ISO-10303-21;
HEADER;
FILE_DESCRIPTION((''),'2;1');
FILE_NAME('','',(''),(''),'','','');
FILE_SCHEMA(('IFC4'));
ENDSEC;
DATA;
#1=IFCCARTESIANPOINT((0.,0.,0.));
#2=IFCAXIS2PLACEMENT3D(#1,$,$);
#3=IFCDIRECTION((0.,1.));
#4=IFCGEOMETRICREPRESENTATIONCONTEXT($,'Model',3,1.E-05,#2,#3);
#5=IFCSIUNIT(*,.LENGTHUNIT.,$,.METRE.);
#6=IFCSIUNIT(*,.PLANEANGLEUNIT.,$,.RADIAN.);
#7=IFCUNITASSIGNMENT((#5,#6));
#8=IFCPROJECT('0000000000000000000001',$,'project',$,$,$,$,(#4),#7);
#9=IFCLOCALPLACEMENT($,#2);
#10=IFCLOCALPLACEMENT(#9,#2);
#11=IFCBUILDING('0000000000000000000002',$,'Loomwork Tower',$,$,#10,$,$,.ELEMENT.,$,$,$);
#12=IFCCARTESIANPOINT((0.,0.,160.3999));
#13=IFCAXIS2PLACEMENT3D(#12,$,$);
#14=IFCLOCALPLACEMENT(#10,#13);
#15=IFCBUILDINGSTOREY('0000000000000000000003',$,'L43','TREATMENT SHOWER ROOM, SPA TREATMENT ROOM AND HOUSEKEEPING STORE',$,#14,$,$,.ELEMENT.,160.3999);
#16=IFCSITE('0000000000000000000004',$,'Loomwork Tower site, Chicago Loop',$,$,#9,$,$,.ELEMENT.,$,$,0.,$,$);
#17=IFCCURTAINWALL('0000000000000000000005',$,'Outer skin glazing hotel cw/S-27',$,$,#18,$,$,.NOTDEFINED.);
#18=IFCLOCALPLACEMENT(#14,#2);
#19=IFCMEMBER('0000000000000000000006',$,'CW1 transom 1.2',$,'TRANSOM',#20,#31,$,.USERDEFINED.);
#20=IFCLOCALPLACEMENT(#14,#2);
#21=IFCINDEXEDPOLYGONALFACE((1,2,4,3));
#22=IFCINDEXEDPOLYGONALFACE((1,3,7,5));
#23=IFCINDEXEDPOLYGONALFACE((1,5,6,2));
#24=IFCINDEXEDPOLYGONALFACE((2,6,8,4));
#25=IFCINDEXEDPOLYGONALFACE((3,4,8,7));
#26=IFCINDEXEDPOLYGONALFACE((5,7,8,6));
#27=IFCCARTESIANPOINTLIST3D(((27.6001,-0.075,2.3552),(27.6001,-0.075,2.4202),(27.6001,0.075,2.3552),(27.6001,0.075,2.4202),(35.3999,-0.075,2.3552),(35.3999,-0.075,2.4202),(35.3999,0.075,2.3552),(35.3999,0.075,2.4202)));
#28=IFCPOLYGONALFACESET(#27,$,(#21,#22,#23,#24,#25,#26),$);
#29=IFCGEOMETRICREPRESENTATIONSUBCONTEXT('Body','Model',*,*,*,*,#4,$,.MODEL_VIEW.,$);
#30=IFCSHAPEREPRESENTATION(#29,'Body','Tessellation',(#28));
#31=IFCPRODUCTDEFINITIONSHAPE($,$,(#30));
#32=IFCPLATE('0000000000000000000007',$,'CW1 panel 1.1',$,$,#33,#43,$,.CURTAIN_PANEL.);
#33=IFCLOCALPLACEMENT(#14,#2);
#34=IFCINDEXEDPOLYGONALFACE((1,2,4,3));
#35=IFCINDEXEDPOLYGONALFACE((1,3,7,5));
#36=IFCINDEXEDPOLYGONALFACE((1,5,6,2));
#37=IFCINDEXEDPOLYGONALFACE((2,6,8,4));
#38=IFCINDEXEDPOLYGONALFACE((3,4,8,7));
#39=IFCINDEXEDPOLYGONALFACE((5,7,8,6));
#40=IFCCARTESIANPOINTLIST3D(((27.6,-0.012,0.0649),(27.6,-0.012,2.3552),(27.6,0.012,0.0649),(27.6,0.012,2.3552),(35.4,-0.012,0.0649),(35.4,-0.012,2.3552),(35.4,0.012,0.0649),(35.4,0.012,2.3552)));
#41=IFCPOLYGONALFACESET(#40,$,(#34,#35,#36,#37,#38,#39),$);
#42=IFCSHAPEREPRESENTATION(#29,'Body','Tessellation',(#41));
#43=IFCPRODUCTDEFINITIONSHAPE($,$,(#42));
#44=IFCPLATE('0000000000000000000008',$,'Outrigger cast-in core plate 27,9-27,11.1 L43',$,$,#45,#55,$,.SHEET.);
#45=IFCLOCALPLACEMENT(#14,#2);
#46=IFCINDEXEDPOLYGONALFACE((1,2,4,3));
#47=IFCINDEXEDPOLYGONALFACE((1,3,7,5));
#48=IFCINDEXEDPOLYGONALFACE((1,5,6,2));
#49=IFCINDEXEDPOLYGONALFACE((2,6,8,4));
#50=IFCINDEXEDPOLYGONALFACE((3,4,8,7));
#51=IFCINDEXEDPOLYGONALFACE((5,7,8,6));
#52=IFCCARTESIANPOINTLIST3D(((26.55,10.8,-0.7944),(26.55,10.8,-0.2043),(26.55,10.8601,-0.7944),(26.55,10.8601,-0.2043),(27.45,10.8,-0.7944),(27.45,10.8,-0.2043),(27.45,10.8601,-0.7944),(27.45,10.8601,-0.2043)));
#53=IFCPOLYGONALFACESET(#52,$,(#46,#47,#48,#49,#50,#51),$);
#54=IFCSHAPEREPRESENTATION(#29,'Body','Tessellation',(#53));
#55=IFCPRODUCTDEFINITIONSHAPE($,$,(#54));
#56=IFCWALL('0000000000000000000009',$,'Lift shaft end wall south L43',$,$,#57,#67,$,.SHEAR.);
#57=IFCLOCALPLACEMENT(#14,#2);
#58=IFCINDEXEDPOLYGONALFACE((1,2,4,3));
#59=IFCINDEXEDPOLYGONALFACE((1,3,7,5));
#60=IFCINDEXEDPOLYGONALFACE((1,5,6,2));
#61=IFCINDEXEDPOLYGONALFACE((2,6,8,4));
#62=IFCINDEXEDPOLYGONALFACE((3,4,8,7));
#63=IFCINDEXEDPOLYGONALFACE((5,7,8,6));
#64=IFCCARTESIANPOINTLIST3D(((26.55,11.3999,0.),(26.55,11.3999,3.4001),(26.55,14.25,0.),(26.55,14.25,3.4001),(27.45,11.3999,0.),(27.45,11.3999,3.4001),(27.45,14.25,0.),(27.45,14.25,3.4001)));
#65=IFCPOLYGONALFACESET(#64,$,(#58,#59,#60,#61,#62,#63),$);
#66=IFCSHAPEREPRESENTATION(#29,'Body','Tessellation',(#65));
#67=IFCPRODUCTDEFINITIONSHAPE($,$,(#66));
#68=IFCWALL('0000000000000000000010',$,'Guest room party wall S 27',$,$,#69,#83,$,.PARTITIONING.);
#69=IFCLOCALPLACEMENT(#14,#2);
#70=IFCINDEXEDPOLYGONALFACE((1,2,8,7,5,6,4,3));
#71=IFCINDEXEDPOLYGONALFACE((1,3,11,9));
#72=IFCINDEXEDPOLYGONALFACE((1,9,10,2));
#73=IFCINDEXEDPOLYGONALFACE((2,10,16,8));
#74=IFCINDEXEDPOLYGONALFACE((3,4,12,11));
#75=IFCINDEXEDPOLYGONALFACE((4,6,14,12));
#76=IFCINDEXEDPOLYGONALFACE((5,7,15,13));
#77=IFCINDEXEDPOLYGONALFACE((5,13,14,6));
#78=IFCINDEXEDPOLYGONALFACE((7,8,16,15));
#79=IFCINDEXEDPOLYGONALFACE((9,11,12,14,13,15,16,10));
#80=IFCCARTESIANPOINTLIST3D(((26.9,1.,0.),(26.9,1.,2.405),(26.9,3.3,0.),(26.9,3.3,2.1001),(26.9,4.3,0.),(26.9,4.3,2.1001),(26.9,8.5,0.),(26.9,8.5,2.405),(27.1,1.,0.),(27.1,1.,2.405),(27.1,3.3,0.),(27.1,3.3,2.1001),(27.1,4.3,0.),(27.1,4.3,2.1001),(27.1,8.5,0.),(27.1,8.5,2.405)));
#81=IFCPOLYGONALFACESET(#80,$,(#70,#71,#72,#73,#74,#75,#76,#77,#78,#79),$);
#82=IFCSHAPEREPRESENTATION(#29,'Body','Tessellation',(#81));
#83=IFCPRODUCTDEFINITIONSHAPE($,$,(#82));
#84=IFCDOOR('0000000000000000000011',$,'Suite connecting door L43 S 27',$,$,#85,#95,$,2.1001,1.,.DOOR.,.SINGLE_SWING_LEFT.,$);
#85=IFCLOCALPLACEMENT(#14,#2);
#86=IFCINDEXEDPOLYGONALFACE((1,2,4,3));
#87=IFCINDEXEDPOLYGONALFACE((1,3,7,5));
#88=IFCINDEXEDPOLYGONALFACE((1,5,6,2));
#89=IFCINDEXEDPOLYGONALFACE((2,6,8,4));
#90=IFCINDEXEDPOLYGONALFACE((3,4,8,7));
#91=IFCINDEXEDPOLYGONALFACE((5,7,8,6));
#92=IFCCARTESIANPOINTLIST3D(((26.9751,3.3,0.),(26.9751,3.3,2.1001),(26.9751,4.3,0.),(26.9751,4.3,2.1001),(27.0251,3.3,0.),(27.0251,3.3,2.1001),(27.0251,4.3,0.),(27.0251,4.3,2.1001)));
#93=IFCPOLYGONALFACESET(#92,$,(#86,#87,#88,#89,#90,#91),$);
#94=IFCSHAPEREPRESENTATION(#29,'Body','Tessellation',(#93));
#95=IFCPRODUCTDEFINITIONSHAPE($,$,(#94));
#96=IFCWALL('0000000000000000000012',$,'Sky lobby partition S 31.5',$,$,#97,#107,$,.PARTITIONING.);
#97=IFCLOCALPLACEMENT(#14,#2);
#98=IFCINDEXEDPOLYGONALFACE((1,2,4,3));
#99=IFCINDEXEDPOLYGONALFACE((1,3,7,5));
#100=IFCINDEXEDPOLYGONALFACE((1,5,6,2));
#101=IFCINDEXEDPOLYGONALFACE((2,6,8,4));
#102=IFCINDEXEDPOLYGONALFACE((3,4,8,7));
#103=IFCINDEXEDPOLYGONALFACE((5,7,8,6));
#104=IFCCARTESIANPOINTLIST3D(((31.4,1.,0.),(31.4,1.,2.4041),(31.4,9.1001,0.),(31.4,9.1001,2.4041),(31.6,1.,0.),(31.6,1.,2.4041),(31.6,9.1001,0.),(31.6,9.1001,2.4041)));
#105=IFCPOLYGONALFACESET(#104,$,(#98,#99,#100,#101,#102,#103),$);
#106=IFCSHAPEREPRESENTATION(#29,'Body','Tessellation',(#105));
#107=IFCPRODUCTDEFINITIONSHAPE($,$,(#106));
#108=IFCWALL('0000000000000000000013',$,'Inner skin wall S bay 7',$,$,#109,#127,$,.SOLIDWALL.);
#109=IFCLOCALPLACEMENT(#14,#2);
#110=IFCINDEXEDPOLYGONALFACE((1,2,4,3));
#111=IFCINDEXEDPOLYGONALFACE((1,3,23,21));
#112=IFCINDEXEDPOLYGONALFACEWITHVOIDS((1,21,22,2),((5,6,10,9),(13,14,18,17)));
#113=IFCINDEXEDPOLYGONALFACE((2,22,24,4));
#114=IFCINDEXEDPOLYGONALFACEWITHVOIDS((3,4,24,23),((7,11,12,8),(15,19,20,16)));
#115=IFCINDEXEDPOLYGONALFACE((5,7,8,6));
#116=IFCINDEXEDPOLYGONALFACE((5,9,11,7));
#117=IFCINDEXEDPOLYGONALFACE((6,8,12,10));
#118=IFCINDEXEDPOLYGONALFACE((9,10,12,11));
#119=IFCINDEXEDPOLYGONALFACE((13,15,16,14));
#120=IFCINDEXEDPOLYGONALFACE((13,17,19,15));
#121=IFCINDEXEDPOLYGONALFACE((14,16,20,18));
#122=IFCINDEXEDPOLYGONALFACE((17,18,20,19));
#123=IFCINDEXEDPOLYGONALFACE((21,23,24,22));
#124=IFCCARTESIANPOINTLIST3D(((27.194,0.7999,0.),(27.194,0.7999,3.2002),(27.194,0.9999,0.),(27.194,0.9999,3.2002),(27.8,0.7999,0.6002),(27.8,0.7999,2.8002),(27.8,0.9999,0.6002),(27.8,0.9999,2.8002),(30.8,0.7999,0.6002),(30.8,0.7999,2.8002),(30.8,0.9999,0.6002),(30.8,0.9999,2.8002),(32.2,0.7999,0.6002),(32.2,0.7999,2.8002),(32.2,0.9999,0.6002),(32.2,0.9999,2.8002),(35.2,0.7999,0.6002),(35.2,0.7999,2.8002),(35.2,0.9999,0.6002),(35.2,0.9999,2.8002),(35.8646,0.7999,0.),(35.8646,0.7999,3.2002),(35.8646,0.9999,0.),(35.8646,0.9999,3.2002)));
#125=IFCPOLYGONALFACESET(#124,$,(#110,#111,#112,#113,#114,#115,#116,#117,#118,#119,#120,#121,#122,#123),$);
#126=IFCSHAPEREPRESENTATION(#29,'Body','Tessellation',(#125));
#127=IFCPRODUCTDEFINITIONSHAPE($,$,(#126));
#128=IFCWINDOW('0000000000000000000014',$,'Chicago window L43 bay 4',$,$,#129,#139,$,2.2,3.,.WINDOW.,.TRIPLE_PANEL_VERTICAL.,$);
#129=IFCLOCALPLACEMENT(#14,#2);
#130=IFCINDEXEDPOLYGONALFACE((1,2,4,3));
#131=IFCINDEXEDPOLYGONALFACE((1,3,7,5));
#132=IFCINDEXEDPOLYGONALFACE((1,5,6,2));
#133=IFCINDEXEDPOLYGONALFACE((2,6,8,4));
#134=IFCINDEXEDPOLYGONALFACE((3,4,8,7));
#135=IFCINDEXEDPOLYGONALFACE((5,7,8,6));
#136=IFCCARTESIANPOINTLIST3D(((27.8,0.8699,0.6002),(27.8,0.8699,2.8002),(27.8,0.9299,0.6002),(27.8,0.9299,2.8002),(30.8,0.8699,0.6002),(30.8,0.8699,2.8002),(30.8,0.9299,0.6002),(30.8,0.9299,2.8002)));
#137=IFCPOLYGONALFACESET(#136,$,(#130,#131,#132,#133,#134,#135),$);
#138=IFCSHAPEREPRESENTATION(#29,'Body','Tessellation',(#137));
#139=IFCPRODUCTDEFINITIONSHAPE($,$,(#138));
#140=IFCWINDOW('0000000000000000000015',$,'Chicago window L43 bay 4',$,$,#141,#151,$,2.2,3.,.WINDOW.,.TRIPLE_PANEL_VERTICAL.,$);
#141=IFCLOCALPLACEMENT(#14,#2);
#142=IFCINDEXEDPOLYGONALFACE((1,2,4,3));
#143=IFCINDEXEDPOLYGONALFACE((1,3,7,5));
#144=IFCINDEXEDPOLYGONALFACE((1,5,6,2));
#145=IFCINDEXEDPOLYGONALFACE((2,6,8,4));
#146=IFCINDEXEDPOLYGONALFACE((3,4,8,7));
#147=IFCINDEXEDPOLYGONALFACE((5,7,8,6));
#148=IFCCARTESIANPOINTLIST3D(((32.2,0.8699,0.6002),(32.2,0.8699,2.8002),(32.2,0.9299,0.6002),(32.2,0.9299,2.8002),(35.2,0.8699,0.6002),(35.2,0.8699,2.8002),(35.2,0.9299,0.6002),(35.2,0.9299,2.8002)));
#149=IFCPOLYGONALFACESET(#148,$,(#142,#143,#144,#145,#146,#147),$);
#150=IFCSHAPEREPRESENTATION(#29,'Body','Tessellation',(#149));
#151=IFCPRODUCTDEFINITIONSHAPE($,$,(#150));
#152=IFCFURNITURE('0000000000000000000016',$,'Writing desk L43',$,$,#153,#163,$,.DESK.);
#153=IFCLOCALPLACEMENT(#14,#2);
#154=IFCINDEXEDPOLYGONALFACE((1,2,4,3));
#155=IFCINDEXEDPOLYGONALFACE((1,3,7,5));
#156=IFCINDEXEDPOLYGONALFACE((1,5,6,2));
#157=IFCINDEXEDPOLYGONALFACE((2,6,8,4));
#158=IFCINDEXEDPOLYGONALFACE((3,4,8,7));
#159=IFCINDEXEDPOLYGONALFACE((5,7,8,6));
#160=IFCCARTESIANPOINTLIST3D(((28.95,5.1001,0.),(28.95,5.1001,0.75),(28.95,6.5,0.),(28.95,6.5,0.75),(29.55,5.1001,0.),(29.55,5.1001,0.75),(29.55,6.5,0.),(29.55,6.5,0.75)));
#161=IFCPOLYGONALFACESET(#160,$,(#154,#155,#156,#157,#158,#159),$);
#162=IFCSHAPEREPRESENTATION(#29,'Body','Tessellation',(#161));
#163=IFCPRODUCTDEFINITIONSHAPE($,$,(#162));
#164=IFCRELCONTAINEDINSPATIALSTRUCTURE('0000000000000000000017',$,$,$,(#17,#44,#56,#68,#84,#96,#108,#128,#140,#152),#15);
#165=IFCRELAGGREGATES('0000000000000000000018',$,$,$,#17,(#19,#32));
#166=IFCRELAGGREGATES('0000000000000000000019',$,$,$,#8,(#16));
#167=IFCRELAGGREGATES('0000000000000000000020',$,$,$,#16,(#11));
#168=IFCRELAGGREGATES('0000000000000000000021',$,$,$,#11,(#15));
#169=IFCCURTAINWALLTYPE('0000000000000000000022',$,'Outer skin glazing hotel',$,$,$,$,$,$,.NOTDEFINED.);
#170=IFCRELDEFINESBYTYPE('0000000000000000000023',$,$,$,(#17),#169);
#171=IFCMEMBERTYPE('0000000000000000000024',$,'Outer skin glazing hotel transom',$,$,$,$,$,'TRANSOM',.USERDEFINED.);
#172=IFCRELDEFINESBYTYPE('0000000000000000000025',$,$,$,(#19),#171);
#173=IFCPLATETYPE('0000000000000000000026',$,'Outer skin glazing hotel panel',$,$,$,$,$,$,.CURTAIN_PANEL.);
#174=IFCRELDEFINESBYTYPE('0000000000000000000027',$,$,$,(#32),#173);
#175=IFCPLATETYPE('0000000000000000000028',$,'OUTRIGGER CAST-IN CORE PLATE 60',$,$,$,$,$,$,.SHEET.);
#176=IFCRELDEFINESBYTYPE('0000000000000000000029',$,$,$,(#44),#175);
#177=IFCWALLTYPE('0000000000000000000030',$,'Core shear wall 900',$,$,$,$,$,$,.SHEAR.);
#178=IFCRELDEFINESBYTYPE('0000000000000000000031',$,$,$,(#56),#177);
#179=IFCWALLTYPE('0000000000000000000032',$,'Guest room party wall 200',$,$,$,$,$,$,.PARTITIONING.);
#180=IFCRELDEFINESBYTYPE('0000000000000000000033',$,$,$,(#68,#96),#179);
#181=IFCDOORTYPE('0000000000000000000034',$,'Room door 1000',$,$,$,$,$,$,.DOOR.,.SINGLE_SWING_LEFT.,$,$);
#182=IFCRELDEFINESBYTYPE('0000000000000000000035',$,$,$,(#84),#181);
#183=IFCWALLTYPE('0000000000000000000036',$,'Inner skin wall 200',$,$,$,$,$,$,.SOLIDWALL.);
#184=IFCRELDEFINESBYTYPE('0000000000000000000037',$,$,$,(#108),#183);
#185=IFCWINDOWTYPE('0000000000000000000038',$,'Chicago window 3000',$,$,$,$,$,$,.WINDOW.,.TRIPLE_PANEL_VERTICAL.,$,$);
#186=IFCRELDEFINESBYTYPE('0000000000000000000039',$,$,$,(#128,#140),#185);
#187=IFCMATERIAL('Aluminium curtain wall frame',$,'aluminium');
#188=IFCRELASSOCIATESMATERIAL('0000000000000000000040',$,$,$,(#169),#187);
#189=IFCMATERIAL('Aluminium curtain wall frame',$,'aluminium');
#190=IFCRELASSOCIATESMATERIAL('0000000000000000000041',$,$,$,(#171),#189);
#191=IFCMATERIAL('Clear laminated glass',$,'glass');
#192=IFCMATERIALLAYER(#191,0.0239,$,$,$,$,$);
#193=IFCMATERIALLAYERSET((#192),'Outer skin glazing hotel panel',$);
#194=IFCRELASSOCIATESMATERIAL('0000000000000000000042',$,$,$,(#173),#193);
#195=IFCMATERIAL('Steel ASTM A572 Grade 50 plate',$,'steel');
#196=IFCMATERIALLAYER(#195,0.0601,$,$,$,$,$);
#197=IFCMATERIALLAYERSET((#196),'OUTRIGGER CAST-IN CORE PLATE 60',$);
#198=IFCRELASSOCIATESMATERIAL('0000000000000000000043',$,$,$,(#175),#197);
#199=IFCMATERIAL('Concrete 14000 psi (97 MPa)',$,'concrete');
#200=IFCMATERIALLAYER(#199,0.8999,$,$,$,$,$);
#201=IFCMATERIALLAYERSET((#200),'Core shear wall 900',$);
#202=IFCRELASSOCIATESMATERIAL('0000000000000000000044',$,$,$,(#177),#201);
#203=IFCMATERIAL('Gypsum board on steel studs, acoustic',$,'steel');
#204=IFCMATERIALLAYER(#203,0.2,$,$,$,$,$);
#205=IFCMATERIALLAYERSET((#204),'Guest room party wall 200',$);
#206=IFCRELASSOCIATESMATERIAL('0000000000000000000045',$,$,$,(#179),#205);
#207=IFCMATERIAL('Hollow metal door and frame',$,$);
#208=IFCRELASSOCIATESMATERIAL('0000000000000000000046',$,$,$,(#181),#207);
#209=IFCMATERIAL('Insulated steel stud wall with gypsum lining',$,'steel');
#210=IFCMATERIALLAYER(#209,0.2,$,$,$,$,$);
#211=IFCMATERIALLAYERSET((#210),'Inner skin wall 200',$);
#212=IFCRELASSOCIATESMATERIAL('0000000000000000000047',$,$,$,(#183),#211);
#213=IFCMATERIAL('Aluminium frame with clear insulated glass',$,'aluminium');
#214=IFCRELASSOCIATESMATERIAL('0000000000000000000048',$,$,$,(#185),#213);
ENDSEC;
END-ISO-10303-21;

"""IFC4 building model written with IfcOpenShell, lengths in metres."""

from ifc_helpers import new_model, si_unit, direction, frame, frame_2d, origin, origin_2d, place, context, subcontext, project, spatial, rectangle, extrude, material, layer, layer_set, material_profile, profile_set, type_object, element, fill, aggregate, save


model = new_model("IFC4")

# Units and contexts
model_context = context("Model", 3, precision=1e-05, world=origin(), true_north=direction((0.0, 1.0)))
body_context = subcontext(model_context, "Body", "Model", "MODEL_VIEW")
ifc_project = project(units=[si_unit("LENGTHUNIT", "METRE"), si_unit("PLANEANGLEUNIT", "RADIAN")], contexts=[model_context])

# Site, building, storey
site_placement = place(None, origin())
site = spatial("IfcSite", under=ifc_project, at=site_placement, Name="Loomwork Tower site, Chicago Loop", CompositionType="ELEMENT", RefElevation=0.0)
building_placement = place(site_placement, origin())
building = spatial("IfcBuilding", under=site, at=building_placement, Name="Loomwork Tower", CompositionType="ELEMENT")
storey_placement = place(building_placement, frame((0.0, 0.0, 160.3999)))
storey = spatial("IfcBuildingStorey", under=building, at=storey_placement, Name="L43", Description="TREATMENT SHOWER ROOM, SPA TREATMENT ROOM AND HOUSEKEEPING STORE", CompositionType="ELEMENT", Elevation=160.3999)

# Curtain wall, member, plate
ifc_material_1 = material(Name="Aluminium curtain wall frame", Category="aluminium")
curtain_wall_type = type_object("IfcCurtainWallType", Name="Outer skin glazing hotel", PredefinedType="NOTDEFINED", material=ifc_material_1)
curtain_wall_placement = place(storey_placement, origin())
curtain_wall = element("IfcCurtainWall", 1, at=curtain_wall_placement, inside=storey, type_object=curtain_wall_type, Name="Outer skin glazing hotel cw/S-27", PredefinedType="NOTDEFINED")
ifc_material_2 = material(Name="Aluminium curtain wall frame", Category="aluminium")
ifc_material_profile_1 = material_profile(ifc_material_2, rectangle(XDim=0.1499, YDim=0.0649, at=origin_2d()), Name="AL 65x150")
ifc_profile_set_1 = profile_set([ifc_material_profile_1], Name="Aluminium curtain wall frame")
member_type_1 = type_object("IfcMemberType", Name="Outer skin glazing hotel transom", ElementType="TRANSOM", PredefinedType="USERDEFINED", material=ifc_profile_set_1)
member_1_placement = place(storey_placement, frame((27.6001, 0.0, 2.3877), z_axis=(1.0, 0.0, 0.0), x_axis=(0.0, 1.0, 0.0)))
member_1 = element("IfcMember", 2, at=member_1_placement, type_object=member_type_1, Name="CW1 transom 1.2", ObjectType="TRANSOM", PredefinedType="USERDEFINED", context=body_context, shape_type="SweptSolid", body=[
    extrude(rectangle(XDim=0.1499, YDim=0.0649, at=origin_2d()), origin(), (0.0, 0.0, 1.0), 7.7998),
])
ifc_material_3 = material(Name="Clear laminated glass", Category="glass")
ifc_layer_1 = layer(ifc_material_3, 0.0239)
ifc_layer_set_1 = layer_set([ifc_layer_1], Name="Outer skin glazing hotel panel")
plate_type_1 = type_object("IfcPlateType", Name="Outer skin glazing hotel panel", PredefinedType="CURTAIN_PANEL", material=ifc_layer_set_1)
plate_1_placement = place(storey_placement, frame((31.5, 0.0, 0.0649), z_axis=(0.0, 0.0, 1.0), x_axis=(1.0, 0.0, 0.0)))
plate_1 = element("IfcPlate", 3, at=plate_1_placement, type_object=plate_type_1, Name="CW1 panel 1.1", PredefinedType="CURTAIN_PANEL", context=body_context, shape_type="SweptSolid", body=[
    extrude(rectangle(XDim=7.8, YDim=0.0239, at=origin_2d()), origin(), (0.0, 0.0, 1.0), 2.2903),
])
aggregate(curtain_wall, [member_1, plate_1])

# Plate
ifc_material_4 = material(Name="Steel ASTM A572 Grade 50 plate", Category="steel")
ifc_layer_2 = layer(ifc_material_4, 0.0601)
ifc_layer_set_2 = layer_set([ifc_layer_2], Name="OUTRIGGER CAST-IN CORE PLATE 60")
plate_type_2 = type_object("IfcPlateType", Name="OUTRIGGER CAST-IN CORE PLATE 60", PredefinedType="SHEET", material=ifc_layer_set_2)
plate_2_placement = place(storey_placement, frame((27.0, 10.8301, -0.7944), z_axis=(0.0, 0.0, 1.0), x_axis=(1.0, 0.0, 0.0)))
element("IfcPlate", 4, at=plate_2_placement, inside=storey, type_object=plate_type_2, Name="Outrigger cast-in core plate 27,9-27,11.1 L43", PredefinedType="SHEET", context=body_context, shape_type="SweptSolid", body=[
    extrude(rectangle(XDim=0.8999, YDim=0.0601, at=origin_2d()), origin(), (0.0, 0.0, 1.0), 0.5901),
])

# Wall
ifc_material_5 = material(Name="Concrete 14000 psi (97 MPa)", Category="concrete")
ifc_layer_3 = layer(ifc_material_5, 0.8999)
ifc_layer_set_3 = layer_set([ifc_layer_3], Name="Core shear wall 900")
wall_type_1 = type_object("IfcWallType", Name="Core shear wall 900", PredefinedType="SHEAR", material=ifc_layer_set_3)
wall_1_placement = place(storey_placement, frame((27.0, 11.3999, 0.0), z_axis=(0.0, 0.0, 1.0), x_axis=(0.0, 1.0, 0.0)))
element("IfcWall", 5, at=wall_1_placement, inside=storey, type_object=wall_type_1, Name="Lift shaft end wall south L43", PredefinedType="SHEAR", context=body_context, shape_type="SweptSolid", body=[
    extrude(rectangle(XDim=2.8501, YDim=0.8999, at=frame_2d((1.425, 0.0))), origin(), (0.0, 0.0, 1.0), 3.4001),
])

# Wall, opening, door
ifc_material_6 = material(Name="Gypsum board on steel studs, acoustic", Category="steel")
ifc_layer_4 = layer(ifc_material_6, 0.2)
ifc_layer_set_4 = layer_set([ifc_layer_4], Name="Guest room party wall 200")
wall_type_2 = type_object("IfcWallType", Name="Guest room party wall 200", PredefinedType="PARTITIONING", material=ifc_layer_set_4)
wall_2_placement = place(storey_placement, frame((27.0, 8.5, 0.0), z_axis=(0.0, 0.0, 1.0), x_axis=(0.0, -1.0, 0.0)))
wall_2 = element("IfcWall", 6, at=wall_2_placement, inside=storey, type_object=wall_type_2, Name="Guest room party wall S 27", PredefinedType="PARTITIONING", context=body_context, shape_type="SweptSolid", body=[
    extrude(rectangle(XDim=7.5, YDim=0.2, at=frame_2d((3.75, 0.0))), origin(), (0.0, 0.0, 1.0), 2.405),
])
opening_1_placement = place(wall_2_placement, frame((4.2, 0.0, 0.0)))
opening_1 = element("IfcOpeningElement", 7, at=opening_1_placement, cuts=wall_2, PredefinedType="OPENING", context=body_context, shape_type="SweptSolid", body=[
    extrude(rectangle(XDim=1.0, YDim=2.1001, at=frame_2d((0.5, 1.05))), frame((0.0, 0.1099, 0.0), z_axis=(0.0, -1.0, 0.0), x_axis=(1.0, 0.0, 0.0)), (0.0, 0.0, 1.0), 0.22),
])
ifc_material_7 = material(Name="Hollow metal door and frame")
door_type_1 = type_object("IfcDoorType", Name="Room door 1000", OperationType="SINGLE_SWING_LEFT", PredefinedType="DOOR", material=ifc_material_7)
door_1_placement = place(opening_1_placement, frame((1.0, 0.0, 0.0), z_axis=(0.0, 0.0, 1.0), x_axis=(-1.0, 0.0, 0.0)))
door_1 = element("IfcDoor", 8, at=door_1_placement, inside=storey, type_object=door_type_1, Name="Suite connecting door L43 S 27", OperationType="SINGLE_SWING_LEFT", OverallHeight=2.1001, OverallWidth=1.0, PredefinedType="DOOR", context=body_context, shape_type="SweptSolid", body=[
    extrude(rectangle(XDim=1.0, YDim=2.1001, at=frame_2d((0.5, 1.05))), frame((0.0, 0.0249, 0.0), z_axis=(0.0, -1.0, 0.0), x_axis=(1.0, 0.0, 0.0)), (0.0, 0.0, 1.0), 0.05),
])
fill(opening_1, door_1)

# Wall
wall_3_placement = place(storey_placement, frame((31.5, 9.1001, 0.0), z_axis=(0.0, 0.0, 1.0), x_axis=(0.0, -1.0, 0.0)))
element("IfcWall", 9, at=wall_3_placement, inside=storey, type_object=wall_type_2, Name="Sky lobby partition S 31.5", PredefinedType="PARTITIONING", context=body_context, shape_type="SweptSolid", body=[
    extrude(rectangle(XDim=8.1001, YDim=0.2, at=frame_2d((4.05, 0.0))), origin(), (0.0, 0.0, 1.0), 2.4041),
])

# Wall, openings, windows
ifc_material_8 = material(Name="Insulated steel stud wall with gypsum lining", Category="steel")
ifc_layer_5 = layer(ifc_material_8, 0.2)
ifc_layer_set_5 = layer_set([ifc_layer_5], Name="Inner skin wall 200")
wall_type_3 = type_object("IfcWallType", Name="Inner skin wall 200", PredefinedType="SOLIDWALL", material=ifc_layer_set_5)
wall_4_placement = place(storey_placement, frame((27.1938, 0.8999, 0.0), z_axis=(0.0, 0.0, 1.0), x_axis=(1.0, 0.0, 0.0)))
wall_4 = element("IfcWall", 10, at=wall_4_placement, inside=storey, type_object=wall_type_3, Name="Inner skin wall S bay 7", PredefinedType="SOLIDWALL", context=body_context, shape_type="SweptSolid", body=[
    extrude(rectangle(XDim=8.6707, YDim=0.2, at=frame_2d((4.3354, 0.0))), origin(), (0.0, 0.0, 1.0), 3.2002),
])
opening_2_placement = place(wall_4_placement, frame((0.6062, 0.0, 0.6001)))
opening_2 = element("IfcOpeningElement", 11, at=opening_2_placement, cuts=wall_4, PredefinedType="OPENING", context=body_context, shape_type="SweptSolid", body=[
    extrude(rectangle(XDim=3.0, YDim=2.2, at=frame_2d((1.5, 1.1001))), frame((0.0, 0.1099, 0.0), z_axis=(0.0, -1.0, 0.0), x_axis=(1.0, 0.0, 0.0)), (0.0, 0.0, 1.0), 0.22),
])
opening_3_placement = place(wall_4_placement, frame((5.0061, 0.0, 0.6001)))
opening_3 = element("IfcOpeningElement", 12, at=opening_3_placement, cuts=wall_4, PredefinedType="OPENING", context=body_context, shape_type="SweptSolid", body=[
    extrude(rectangle(XDim=3.0, YDim=2.2, at=frame_2d((1.5, 1.1001))), frame((0.0, 0.1099, 0.0), z_axis=(0.0, -1.0, 0.0), x_axis=(1.0, 0.0, 0.0)), (0.0, 0.0, 1.0), 0.22),
])
ifc_material_9 = material(Name="Aluminium frame with clear insulated glass", Category="aluminium")
window_type = type_object("IfcWindowType", Name="Chicago window 3000", PartitioningType="TRIPLE_PANEL_VERTICAL", PredefinedType="WINDOW", material=ifc_material_9)
window_1_placement = place(opening_2_placement, origin())
window_1 = element("IfcWindow", 13, at=window_1_placement, inside=storey, type_object=window_type, Name="Chicago window L43 bay 4", OverallHeight=2.2, OverallWidth=3.0, PartitioningType="TRIPLE_PANEL_VERTICAL", PredefinedType="WINDOW", context=body_context, shape_type="SweptSolid", body=[
    extrude(rectangle(XDim=3.0, YDim=2.2, at=frame_2d((1.5, 1.1001))), frame((0.0, 0.03, 0.0), z_axis=(0.0, -1.0, 0.0), x_axis=(1.0, 0.0, 0.0)), (0.0, 0.0, 1.0), 0.0601),
])
fill(opening_2, window_1)
window_2_placement = place(opening_3_placement, origin())
window_2 = element("IfcWindow", 14, at=window_2_placement, inside=storey, type_object=window_type, Name="Chicago window L43 bay 4", OverallHeight=2.2, OverallWidth=3.0, PartitioningType="TRIPLE_PANEL_VERTICAL", PredefinedType="WINDOW", context=body_context, shape_type="SweptSolid", body=[
    extrude(rectangle(XDim=3.0, YDim=2.2, at=frame_2d((1.5, 1.1001))), frame((0.0, 0.03, 0.0), z_axis=(0.0, -1.0, 0.0), x_axis=(1.0, 0.0, 0.0)), (0.0, 0.0, 1.0), 0.0601),
])
fill(opening_3, window_2)

# Furniture
furniture_1_placement = place(storey_placement, frame((29.25, 5.8, 0.0), z_axis=(0.0, 0.0, 1.0), x_axis=(1.0, 0.0, 0.0)))
element("IfcFurniture", 15, at=furniture_1_placement, inside=storey, Name="Writing desk L43", PredefinedType="DESK", context=body_context, shape_type="SweptSolid", body=[
    extrude(rectangle(XDim=0.6001, YDim=1.3999, at=origin_2d()), origin(), (0.0, 0.0, 1.0), 0.75),
])

save(model, "model.ifc")
